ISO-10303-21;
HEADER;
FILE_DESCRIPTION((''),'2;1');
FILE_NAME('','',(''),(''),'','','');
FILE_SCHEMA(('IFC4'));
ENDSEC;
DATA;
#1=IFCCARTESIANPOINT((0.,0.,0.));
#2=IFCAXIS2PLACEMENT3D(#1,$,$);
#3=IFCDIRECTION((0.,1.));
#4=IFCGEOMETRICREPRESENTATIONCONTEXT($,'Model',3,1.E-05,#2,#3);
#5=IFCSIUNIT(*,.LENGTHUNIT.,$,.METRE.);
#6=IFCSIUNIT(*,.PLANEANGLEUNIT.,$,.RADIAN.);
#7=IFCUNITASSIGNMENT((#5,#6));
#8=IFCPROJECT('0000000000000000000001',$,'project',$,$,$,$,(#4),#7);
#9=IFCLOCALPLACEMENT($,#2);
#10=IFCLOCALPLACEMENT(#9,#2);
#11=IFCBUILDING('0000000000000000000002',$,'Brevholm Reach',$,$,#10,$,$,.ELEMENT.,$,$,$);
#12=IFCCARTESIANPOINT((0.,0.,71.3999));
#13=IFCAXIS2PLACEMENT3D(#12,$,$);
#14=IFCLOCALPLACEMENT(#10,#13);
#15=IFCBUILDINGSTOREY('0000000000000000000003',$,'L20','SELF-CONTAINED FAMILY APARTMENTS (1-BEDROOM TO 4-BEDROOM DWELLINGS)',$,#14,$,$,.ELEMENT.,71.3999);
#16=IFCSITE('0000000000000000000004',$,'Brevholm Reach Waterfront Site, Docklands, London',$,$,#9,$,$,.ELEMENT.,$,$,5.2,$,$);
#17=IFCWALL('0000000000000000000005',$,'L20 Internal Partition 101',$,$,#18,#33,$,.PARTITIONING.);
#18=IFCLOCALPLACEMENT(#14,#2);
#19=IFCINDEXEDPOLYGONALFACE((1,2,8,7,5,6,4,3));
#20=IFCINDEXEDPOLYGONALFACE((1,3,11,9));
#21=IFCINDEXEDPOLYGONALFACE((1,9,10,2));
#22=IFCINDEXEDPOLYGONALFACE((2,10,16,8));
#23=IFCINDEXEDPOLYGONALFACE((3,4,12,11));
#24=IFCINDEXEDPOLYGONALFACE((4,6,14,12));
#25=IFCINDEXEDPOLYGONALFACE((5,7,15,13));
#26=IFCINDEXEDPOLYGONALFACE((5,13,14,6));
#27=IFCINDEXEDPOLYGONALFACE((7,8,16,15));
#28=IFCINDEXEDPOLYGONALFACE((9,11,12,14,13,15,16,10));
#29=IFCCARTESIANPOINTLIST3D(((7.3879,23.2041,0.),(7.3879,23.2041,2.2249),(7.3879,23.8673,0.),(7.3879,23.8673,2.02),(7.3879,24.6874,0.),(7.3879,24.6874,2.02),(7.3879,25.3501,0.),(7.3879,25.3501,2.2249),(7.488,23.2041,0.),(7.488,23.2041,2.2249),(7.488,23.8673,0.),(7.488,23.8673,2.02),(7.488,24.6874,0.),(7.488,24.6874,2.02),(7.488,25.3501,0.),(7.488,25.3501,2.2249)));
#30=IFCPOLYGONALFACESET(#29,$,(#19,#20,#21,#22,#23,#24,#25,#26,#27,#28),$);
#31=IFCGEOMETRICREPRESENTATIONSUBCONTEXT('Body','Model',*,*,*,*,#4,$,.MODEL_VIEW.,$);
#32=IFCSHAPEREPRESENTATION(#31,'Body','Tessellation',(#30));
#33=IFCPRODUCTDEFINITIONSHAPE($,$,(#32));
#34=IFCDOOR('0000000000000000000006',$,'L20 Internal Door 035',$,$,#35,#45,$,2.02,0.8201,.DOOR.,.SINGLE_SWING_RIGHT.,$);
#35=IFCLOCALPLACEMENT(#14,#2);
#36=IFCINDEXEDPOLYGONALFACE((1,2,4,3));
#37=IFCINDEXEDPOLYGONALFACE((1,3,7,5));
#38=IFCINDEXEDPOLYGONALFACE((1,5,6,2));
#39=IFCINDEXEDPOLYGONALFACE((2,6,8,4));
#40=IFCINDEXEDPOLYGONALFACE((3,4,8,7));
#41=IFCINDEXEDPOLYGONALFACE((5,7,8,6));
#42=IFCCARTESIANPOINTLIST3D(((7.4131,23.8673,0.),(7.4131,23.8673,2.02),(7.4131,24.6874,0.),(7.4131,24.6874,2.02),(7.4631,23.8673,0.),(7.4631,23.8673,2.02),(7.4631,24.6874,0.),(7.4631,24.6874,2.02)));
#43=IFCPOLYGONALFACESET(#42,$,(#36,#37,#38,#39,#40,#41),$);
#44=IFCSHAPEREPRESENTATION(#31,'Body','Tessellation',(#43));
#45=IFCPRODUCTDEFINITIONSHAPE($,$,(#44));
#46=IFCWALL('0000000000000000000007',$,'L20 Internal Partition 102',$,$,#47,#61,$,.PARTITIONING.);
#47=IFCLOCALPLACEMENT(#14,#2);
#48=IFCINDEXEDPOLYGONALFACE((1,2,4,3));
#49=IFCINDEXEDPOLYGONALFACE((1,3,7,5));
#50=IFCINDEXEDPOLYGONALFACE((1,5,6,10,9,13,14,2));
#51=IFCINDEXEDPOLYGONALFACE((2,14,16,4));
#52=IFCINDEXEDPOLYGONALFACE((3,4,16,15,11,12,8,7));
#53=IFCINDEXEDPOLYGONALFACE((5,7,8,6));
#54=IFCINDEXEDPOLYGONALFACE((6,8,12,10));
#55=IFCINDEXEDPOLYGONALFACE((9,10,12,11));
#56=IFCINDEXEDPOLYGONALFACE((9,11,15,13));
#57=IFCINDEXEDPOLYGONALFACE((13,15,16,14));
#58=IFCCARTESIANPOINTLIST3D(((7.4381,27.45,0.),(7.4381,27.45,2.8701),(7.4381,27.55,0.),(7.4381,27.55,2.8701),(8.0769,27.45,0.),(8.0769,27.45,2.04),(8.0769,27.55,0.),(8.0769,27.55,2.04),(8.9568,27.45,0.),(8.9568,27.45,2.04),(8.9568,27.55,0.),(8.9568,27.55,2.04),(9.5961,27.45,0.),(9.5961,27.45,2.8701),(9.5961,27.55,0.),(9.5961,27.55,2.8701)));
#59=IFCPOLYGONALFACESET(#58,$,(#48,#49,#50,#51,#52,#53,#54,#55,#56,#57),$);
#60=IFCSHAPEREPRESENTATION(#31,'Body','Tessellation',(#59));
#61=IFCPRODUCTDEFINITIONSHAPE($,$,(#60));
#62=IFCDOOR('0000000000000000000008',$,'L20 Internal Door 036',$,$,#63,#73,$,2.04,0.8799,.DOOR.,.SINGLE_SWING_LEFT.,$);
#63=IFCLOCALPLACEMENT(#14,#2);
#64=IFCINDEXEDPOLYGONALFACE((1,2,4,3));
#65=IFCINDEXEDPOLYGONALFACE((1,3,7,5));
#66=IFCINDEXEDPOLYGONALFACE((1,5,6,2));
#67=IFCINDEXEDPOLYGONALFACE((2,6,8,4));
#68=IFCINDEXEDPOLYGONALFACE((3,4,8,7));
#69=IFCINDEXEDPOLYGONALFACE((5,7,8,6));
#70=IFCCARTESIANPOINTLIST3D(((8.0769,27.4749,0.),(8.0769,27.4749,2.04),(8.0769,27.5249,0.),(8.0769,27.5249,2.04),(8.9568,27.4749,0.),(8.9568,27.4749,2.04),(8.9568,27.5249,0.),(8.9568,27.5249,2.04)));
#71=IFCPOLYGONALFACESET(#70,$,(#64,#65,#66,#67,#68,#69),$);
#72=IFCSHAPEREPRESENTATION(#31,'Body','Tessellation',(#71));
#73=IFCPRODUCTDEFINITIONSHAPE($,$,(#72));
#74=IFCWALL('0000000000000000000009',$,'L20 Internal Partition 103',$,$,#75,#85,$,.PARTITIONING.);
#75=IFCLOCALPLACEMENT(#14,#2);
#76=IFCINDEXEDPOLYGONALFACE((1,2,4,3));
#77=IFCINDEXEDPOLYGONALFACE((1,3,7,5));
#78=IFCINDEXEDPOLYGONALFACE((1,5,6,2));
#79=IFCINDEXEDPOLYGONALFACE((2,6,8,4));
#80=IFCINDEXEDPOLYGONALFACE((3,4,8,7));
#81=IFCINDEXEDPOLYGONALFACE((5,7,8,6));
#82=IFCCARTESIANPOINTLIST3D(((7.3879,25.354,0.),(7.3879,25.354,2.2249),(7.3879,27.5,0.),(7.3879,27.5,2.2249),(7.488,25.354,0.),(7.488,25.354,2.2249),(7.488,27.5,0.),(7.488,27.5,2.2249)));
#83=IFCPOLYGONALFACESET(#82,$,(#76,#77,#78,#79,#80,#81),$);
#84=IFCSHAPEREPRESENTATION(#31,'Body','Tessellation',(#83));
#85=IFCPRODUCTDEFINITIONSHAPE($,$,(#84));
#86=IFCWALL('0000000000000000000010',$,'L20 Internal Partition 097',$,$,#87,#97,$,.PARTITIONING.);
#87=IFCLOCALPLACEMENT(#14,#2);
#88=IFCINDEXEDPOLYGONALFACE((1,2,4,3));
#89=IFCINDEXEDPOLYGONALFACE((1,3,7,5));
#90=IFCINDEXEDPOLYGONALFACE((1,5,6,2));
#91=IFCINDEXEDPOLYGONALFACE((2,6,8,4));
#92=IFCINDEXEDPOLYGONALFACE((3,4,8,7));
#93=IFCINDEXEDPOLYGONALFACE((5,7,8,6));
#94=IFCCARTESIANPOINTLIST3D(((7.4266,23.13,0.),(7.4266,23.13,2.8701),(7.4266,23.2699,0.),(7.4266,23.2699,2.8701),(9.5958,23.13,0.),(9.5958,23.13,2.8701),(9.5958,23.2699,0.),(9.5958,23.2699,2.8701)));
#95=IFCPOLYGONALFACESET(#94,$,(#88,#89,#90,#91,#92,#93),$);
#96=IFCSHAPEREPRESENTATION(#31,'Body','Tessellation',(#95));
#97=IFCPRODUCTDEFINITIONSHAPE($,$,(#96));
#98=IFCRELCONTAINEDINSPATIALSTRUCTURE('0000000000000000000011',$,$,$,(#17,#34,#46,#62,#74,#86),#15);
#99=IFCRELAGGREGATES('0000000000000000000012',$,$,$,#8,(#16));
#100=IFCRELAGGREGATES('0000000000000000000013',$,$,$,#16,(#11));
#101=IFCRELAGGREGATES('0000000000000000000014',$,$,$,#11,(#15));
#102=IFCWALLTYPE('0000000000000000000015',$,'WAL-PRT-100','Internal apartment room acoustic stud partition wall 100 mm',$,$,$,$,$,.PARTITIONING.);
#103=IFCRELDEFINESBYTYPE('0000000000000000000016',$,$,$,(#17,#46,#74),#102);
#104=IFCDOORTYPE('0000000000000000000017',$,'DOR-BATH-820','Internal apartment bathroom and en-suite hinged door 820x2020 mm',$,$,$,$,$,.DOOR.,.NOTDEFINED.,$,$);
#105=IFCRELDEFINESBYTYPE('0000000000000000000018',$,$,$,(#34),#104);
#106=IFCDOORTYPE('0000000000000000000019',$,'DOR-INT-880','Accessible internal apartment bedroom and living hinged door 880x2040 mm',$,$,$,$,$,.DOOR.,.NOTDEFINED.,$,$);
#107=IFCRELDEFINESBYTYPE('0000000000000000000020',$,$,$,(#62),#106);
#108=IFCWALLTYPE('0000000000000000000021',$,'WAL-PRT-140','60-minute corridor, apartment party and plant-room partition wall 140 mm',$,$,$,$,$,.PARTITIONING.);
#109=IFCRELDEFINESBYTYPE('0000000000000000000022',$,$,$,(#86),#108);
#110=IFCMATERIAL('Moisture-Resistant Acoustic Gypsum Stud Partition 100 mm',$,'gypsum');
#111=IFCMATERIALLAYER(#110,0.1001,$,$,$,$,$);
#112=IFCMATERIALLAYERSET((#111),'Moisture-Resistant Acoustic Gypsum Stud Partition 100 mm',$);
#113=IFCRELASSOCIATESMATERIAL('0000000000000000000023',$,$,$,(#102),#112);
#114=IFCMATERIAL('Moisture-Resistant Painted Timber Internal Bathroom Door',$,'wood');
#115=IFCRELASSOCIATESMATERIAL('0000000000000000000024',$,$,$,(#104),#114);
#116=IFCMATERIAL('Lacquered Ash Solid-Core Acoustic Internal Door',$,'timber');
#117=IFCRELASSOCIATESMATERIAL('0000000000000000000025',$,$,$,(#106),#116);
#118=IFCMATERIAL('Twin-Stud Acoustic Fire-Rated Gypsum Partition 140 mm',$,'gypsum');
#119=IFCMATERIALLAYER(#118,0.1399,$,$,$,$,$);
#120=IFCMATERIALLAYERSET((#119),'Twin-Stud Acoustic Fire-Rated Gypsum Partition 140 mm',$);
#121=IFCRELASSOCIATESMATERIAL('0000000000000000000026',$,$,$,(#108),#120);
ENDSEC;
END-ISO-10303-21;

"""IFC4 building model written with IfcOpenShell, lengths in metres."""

from ifc_helpers import new_model, si_unit, direction, frame, frame_2d, origin, place, context, subcontext, project, spatial, rectangle, extrude, material, layer, layer_set, type_object, element, fill, save


model = new_model("IFC4")

# Units and contexts
model_context = context("Model", 3, precision=1e-05, world=origin(), true_north=direction((0.0, 1.0)))
body_context = subcontext(model_context, "Body", "Model", "MODEL_VIEW")
ifc_project = project(units=[si_unit("LENGTHUNIT", "METRE"), si_unit("PLANEANGLEUNIT", "RADIAN")], contexts=[model_context])

# Site, building, storey
site_placement = place(None, origin())
site = spatial("IfcSite", under=ifc_project, at=site_placement, Name="Brevholm Reach Waterfront Site, Docklands, London", CompositionType="ELEMENT", RefElevation=5.2)
building_placement = place(site_placement, origin())
building = spatial("IfcBuilding", under=site, at=building_placement, Name="Brevholm Reach", CompositionType="ELEMENT")
storey_placement = place(building_placement, frame((0.0, 0.0, 71.3999)))
storey = spatial("IfcBuildingStorey", under=building, at=storey_placement, Name="L20", Description="SELF-CONTAINED FAMILY APARTMENTS (1-BEDROOM TO 4-BEDROOM DWELLINGS)", CompositionType="ELEMENT", Elevation=71.3999)

# Shared definitions
ifc_material_1 = material(Name="Moisture-Resistant Acoustic Gypsum Stud Partition 100 mm", Category="gypsum")
ifc_layer_1 = layer(ifc_material_1, 0.1001)
ifc_layer_set_1 = layer_set([ifc_layer_1], Name="Moisture-Resistant Acoustic Gypsum Stud Partition 100 mm")
wall_type_1 = type_object("IfcWallType", Name="WAL-PRT-100", Description="Internal apartment room acoustic stud partition wall 100 mm", PredefinedType="PARTITIONING", material=ifc_layer_set_1)

# Walls, openings, doors
wall_1_placement = place(storey_placement, frame((7.438, 23.2041, 0.0), z_axis=(0.0, 0.0, 1.0), x_axis=(0.0, 1.0, 0.0)))
wall_1 = element("IfcWall", 1, at=wall_1_placement, inside=storey, type_object=wall_type_1, Name="L20 Internal Partition 101", PredefinedType="PARTITIONING", context=body_context, shape_type="SweptSolid", body=[
    extrude(rectangle(XDim=2.146, YDim=0.1001, at=frame_2d((1.073, 0.0))), origin(), (0.0, 0.0, 1.0), 2.2249),
])
opening_1_placement = place(wall_1_placement, frame((0.6631, 0.0, 0.0)))
opening_1 = element("IfcOpeningElement", 2, at=opening_1_placement, cuts=wall_1, PredefinedType="OPENING", context=body_context, shape_type="SweptSolid", body=[
    extrude(rectangle(XDim=0.8201, YDim=2.02, at=frame_2d((0.4102, 1.01))), frame((0.0, 0.0601, 0.0), z_axis=(0.0, -1.0, 0.0), x_axis=(1.0, 0.0, 0.0)), (0.0, 0.0, 1.0), 0.1201),
])
ifc_material_2 = material(Name="Moisture-Resistant Painted Timber Internal Bathroom Door", Category="wood")
door_type_1 = type_object("IfcDoorType", Name="DOR-BATH-820", Description="Internal apartment bathroom and en-suite hinged door 820x2020 mm", OperationType="NOTDEFINED", PredefinedType="DOOR", material=ifc_material_2)
door_1_placement = place(opening_1_placement, origin())
door_1 = element("IfcDoor", 3, at=door_1_placement, inside=storey, type_object=door_type_1, Name="L20 Internal Door 035", OperationType="SINGLE_SWING_RIGHT", OverallHeight=2.02, OverallWidth=0.8201, PredefinedType="DOOR", context=body_context, shape_type="SweptSolid", body=[
    extrude(rectangle(XDim=0.8201, YDim=2.02, at=frame_2d((0.4102, 1.01))), frame((0.0, 0.0249, 0.0), z_axis=(0.0, -1.0, 0.0), x_axis=(1.0, 0.0, 0.0)), (0.0, 0.0, 1.0), 0.05),
])
fill(opening_1, door_1)
wall_2_placement = place(storey_placement, frame((7.438, 27.5, 0.0), z_axis=(0.0, 0.0, 1.0), x_axis=(1.0, 0.0, 0.0)))
wall_2 = element("IfcWall", 4, at=wall_2_placement, inside=storey, type_object=wall_type_1, Name="L20 Internal Partition 102", PredefinedType="PARTITIONING", context=body_context, shape_type="SweptSolid", body=[
    extrude(rectangle(XDim=2.158, YDim=0.1001, at=frame_2d((1.0791, 0.0))), origin(), (0.0, 0.0, 1.0), 2.8701),
])
opening_2_placement = place(wall_2_placement, frame((0.6389, 0.0, 0.0)))
opening_2 = element("IfcOpeningElement", 5, at=opening_2_placement, cuts=wall_2, PredefinedType="OPENING", context=body_context, shape_type="SweptSolid", body=[
    extrude(rectangle(XDim=0.8799, YDim=2.04, at=frame_2d((0.4399, 1.02))), frame((0.0, 0.0601, 0.0), z_axis=(0.0, -1.0, 0.0), x_axis=(1.0, 0.0, 0.0)), (0.0, 0.0, 1.0), 0.1201),
])
ifc_material_3 = material(Name="Lacquered Ash Solid-Core Acoustic Internal Door", Category="timber")
door_type_2 = type_object("IfcDoorType", Name="DOR-INT-880", Description="Accessible internal apartment bedroom and living hinged door 880x2040 mm", OperationType="NOTDEFINED", PredefinedType="DOOR", material=ifc_material_3)
door_2_placement = place(opening_2_placement, origin())
door_2 = element("IfcDoor", 6, at=door_2_placement, inside=storey, type_object=door_type_2, Name="L20 Internal Door 036", OperationType="SINGLE_SWING_LEFT", OverallHeight=2.04, OverallWidth=0.8799, PredefinedType="DOOR", context=body_context, shape_type="SweptSolid", body=[
    extrude(rectangle(XDim=0.8799, YDim=2.04, at=frame_2d((0.4399, 1.02))), frame((0.0, 0.0249, 0.0), z_axis=(0.0, -1.0, 0.0), x_axis=(1.0, 0.0, 0.0)), (0.0, 0.0, 1.0), 0.05),
])
fill(opening_2, door_2)

# Walls
wall_3_placement = place(storey_placement, frame((7.438, 25.354, 0.0), z_axis=(0.0, 0.0, 1.0), x_axis=(0.0, 1.0, 0.0)))
element("IfcWall", 7, at=wall_3_placement, inside=storey, type_object=wall_type_1, Name="L20 Internal Partition 103", PredefinedType="PARTITIONING", context=body_context, shape_type="SweptSolid", body=[
    extrude(rectangle(XDim=2.146, YDim=0.1001, at=frame_2d((1.073, 0.0))), origin(), (0.0, 0.0, 1.0), 2.2249),
])
ifc_material_4 = material(Name="Twin-Stud Acoustic Fire-Rated Gypsum Partition 140 mm", Category="gypsum")
ifc_layer_2 = layer(ifc_material_4, 0.1399)
ifc_layer_set_2 = layer_set([ifc_layer_2], Name="Twin-Stud Acoustic Fire-Rated Gypsum Partition 140 mm")
wall_type_2 = type_object("IfcWallType", Name="WAL-PRT-140", Description="60-minute corridor, apartment party and plant-room partition wall 140 mm", PredefinedType="PARTITIONING", material=ifc_layer_set_2)
wall_4_placement = place(storey_placement, frame((7.4268, 23.2, 0.0), z_axis=(0.0, 0.0, 1.0), x_axis=(1.0, 0.0, 0.0)))
element("IfcWall", 8, at=wall_4_placement, inside=storey, type_object=wall_type_2, Name="L20 Internal Partition 097", PredefinedType="PARTITIONING", context=body_context, shape_type="SweptSolid", body=[
    extrude(rectangle(XDim=2.1692, YDim=0.1399, at=frame_2d((1.0845, 0.0))), origin(), (0.0, 0.0, 1.0), 2.8701),
])

save(model, "model.ifc")
